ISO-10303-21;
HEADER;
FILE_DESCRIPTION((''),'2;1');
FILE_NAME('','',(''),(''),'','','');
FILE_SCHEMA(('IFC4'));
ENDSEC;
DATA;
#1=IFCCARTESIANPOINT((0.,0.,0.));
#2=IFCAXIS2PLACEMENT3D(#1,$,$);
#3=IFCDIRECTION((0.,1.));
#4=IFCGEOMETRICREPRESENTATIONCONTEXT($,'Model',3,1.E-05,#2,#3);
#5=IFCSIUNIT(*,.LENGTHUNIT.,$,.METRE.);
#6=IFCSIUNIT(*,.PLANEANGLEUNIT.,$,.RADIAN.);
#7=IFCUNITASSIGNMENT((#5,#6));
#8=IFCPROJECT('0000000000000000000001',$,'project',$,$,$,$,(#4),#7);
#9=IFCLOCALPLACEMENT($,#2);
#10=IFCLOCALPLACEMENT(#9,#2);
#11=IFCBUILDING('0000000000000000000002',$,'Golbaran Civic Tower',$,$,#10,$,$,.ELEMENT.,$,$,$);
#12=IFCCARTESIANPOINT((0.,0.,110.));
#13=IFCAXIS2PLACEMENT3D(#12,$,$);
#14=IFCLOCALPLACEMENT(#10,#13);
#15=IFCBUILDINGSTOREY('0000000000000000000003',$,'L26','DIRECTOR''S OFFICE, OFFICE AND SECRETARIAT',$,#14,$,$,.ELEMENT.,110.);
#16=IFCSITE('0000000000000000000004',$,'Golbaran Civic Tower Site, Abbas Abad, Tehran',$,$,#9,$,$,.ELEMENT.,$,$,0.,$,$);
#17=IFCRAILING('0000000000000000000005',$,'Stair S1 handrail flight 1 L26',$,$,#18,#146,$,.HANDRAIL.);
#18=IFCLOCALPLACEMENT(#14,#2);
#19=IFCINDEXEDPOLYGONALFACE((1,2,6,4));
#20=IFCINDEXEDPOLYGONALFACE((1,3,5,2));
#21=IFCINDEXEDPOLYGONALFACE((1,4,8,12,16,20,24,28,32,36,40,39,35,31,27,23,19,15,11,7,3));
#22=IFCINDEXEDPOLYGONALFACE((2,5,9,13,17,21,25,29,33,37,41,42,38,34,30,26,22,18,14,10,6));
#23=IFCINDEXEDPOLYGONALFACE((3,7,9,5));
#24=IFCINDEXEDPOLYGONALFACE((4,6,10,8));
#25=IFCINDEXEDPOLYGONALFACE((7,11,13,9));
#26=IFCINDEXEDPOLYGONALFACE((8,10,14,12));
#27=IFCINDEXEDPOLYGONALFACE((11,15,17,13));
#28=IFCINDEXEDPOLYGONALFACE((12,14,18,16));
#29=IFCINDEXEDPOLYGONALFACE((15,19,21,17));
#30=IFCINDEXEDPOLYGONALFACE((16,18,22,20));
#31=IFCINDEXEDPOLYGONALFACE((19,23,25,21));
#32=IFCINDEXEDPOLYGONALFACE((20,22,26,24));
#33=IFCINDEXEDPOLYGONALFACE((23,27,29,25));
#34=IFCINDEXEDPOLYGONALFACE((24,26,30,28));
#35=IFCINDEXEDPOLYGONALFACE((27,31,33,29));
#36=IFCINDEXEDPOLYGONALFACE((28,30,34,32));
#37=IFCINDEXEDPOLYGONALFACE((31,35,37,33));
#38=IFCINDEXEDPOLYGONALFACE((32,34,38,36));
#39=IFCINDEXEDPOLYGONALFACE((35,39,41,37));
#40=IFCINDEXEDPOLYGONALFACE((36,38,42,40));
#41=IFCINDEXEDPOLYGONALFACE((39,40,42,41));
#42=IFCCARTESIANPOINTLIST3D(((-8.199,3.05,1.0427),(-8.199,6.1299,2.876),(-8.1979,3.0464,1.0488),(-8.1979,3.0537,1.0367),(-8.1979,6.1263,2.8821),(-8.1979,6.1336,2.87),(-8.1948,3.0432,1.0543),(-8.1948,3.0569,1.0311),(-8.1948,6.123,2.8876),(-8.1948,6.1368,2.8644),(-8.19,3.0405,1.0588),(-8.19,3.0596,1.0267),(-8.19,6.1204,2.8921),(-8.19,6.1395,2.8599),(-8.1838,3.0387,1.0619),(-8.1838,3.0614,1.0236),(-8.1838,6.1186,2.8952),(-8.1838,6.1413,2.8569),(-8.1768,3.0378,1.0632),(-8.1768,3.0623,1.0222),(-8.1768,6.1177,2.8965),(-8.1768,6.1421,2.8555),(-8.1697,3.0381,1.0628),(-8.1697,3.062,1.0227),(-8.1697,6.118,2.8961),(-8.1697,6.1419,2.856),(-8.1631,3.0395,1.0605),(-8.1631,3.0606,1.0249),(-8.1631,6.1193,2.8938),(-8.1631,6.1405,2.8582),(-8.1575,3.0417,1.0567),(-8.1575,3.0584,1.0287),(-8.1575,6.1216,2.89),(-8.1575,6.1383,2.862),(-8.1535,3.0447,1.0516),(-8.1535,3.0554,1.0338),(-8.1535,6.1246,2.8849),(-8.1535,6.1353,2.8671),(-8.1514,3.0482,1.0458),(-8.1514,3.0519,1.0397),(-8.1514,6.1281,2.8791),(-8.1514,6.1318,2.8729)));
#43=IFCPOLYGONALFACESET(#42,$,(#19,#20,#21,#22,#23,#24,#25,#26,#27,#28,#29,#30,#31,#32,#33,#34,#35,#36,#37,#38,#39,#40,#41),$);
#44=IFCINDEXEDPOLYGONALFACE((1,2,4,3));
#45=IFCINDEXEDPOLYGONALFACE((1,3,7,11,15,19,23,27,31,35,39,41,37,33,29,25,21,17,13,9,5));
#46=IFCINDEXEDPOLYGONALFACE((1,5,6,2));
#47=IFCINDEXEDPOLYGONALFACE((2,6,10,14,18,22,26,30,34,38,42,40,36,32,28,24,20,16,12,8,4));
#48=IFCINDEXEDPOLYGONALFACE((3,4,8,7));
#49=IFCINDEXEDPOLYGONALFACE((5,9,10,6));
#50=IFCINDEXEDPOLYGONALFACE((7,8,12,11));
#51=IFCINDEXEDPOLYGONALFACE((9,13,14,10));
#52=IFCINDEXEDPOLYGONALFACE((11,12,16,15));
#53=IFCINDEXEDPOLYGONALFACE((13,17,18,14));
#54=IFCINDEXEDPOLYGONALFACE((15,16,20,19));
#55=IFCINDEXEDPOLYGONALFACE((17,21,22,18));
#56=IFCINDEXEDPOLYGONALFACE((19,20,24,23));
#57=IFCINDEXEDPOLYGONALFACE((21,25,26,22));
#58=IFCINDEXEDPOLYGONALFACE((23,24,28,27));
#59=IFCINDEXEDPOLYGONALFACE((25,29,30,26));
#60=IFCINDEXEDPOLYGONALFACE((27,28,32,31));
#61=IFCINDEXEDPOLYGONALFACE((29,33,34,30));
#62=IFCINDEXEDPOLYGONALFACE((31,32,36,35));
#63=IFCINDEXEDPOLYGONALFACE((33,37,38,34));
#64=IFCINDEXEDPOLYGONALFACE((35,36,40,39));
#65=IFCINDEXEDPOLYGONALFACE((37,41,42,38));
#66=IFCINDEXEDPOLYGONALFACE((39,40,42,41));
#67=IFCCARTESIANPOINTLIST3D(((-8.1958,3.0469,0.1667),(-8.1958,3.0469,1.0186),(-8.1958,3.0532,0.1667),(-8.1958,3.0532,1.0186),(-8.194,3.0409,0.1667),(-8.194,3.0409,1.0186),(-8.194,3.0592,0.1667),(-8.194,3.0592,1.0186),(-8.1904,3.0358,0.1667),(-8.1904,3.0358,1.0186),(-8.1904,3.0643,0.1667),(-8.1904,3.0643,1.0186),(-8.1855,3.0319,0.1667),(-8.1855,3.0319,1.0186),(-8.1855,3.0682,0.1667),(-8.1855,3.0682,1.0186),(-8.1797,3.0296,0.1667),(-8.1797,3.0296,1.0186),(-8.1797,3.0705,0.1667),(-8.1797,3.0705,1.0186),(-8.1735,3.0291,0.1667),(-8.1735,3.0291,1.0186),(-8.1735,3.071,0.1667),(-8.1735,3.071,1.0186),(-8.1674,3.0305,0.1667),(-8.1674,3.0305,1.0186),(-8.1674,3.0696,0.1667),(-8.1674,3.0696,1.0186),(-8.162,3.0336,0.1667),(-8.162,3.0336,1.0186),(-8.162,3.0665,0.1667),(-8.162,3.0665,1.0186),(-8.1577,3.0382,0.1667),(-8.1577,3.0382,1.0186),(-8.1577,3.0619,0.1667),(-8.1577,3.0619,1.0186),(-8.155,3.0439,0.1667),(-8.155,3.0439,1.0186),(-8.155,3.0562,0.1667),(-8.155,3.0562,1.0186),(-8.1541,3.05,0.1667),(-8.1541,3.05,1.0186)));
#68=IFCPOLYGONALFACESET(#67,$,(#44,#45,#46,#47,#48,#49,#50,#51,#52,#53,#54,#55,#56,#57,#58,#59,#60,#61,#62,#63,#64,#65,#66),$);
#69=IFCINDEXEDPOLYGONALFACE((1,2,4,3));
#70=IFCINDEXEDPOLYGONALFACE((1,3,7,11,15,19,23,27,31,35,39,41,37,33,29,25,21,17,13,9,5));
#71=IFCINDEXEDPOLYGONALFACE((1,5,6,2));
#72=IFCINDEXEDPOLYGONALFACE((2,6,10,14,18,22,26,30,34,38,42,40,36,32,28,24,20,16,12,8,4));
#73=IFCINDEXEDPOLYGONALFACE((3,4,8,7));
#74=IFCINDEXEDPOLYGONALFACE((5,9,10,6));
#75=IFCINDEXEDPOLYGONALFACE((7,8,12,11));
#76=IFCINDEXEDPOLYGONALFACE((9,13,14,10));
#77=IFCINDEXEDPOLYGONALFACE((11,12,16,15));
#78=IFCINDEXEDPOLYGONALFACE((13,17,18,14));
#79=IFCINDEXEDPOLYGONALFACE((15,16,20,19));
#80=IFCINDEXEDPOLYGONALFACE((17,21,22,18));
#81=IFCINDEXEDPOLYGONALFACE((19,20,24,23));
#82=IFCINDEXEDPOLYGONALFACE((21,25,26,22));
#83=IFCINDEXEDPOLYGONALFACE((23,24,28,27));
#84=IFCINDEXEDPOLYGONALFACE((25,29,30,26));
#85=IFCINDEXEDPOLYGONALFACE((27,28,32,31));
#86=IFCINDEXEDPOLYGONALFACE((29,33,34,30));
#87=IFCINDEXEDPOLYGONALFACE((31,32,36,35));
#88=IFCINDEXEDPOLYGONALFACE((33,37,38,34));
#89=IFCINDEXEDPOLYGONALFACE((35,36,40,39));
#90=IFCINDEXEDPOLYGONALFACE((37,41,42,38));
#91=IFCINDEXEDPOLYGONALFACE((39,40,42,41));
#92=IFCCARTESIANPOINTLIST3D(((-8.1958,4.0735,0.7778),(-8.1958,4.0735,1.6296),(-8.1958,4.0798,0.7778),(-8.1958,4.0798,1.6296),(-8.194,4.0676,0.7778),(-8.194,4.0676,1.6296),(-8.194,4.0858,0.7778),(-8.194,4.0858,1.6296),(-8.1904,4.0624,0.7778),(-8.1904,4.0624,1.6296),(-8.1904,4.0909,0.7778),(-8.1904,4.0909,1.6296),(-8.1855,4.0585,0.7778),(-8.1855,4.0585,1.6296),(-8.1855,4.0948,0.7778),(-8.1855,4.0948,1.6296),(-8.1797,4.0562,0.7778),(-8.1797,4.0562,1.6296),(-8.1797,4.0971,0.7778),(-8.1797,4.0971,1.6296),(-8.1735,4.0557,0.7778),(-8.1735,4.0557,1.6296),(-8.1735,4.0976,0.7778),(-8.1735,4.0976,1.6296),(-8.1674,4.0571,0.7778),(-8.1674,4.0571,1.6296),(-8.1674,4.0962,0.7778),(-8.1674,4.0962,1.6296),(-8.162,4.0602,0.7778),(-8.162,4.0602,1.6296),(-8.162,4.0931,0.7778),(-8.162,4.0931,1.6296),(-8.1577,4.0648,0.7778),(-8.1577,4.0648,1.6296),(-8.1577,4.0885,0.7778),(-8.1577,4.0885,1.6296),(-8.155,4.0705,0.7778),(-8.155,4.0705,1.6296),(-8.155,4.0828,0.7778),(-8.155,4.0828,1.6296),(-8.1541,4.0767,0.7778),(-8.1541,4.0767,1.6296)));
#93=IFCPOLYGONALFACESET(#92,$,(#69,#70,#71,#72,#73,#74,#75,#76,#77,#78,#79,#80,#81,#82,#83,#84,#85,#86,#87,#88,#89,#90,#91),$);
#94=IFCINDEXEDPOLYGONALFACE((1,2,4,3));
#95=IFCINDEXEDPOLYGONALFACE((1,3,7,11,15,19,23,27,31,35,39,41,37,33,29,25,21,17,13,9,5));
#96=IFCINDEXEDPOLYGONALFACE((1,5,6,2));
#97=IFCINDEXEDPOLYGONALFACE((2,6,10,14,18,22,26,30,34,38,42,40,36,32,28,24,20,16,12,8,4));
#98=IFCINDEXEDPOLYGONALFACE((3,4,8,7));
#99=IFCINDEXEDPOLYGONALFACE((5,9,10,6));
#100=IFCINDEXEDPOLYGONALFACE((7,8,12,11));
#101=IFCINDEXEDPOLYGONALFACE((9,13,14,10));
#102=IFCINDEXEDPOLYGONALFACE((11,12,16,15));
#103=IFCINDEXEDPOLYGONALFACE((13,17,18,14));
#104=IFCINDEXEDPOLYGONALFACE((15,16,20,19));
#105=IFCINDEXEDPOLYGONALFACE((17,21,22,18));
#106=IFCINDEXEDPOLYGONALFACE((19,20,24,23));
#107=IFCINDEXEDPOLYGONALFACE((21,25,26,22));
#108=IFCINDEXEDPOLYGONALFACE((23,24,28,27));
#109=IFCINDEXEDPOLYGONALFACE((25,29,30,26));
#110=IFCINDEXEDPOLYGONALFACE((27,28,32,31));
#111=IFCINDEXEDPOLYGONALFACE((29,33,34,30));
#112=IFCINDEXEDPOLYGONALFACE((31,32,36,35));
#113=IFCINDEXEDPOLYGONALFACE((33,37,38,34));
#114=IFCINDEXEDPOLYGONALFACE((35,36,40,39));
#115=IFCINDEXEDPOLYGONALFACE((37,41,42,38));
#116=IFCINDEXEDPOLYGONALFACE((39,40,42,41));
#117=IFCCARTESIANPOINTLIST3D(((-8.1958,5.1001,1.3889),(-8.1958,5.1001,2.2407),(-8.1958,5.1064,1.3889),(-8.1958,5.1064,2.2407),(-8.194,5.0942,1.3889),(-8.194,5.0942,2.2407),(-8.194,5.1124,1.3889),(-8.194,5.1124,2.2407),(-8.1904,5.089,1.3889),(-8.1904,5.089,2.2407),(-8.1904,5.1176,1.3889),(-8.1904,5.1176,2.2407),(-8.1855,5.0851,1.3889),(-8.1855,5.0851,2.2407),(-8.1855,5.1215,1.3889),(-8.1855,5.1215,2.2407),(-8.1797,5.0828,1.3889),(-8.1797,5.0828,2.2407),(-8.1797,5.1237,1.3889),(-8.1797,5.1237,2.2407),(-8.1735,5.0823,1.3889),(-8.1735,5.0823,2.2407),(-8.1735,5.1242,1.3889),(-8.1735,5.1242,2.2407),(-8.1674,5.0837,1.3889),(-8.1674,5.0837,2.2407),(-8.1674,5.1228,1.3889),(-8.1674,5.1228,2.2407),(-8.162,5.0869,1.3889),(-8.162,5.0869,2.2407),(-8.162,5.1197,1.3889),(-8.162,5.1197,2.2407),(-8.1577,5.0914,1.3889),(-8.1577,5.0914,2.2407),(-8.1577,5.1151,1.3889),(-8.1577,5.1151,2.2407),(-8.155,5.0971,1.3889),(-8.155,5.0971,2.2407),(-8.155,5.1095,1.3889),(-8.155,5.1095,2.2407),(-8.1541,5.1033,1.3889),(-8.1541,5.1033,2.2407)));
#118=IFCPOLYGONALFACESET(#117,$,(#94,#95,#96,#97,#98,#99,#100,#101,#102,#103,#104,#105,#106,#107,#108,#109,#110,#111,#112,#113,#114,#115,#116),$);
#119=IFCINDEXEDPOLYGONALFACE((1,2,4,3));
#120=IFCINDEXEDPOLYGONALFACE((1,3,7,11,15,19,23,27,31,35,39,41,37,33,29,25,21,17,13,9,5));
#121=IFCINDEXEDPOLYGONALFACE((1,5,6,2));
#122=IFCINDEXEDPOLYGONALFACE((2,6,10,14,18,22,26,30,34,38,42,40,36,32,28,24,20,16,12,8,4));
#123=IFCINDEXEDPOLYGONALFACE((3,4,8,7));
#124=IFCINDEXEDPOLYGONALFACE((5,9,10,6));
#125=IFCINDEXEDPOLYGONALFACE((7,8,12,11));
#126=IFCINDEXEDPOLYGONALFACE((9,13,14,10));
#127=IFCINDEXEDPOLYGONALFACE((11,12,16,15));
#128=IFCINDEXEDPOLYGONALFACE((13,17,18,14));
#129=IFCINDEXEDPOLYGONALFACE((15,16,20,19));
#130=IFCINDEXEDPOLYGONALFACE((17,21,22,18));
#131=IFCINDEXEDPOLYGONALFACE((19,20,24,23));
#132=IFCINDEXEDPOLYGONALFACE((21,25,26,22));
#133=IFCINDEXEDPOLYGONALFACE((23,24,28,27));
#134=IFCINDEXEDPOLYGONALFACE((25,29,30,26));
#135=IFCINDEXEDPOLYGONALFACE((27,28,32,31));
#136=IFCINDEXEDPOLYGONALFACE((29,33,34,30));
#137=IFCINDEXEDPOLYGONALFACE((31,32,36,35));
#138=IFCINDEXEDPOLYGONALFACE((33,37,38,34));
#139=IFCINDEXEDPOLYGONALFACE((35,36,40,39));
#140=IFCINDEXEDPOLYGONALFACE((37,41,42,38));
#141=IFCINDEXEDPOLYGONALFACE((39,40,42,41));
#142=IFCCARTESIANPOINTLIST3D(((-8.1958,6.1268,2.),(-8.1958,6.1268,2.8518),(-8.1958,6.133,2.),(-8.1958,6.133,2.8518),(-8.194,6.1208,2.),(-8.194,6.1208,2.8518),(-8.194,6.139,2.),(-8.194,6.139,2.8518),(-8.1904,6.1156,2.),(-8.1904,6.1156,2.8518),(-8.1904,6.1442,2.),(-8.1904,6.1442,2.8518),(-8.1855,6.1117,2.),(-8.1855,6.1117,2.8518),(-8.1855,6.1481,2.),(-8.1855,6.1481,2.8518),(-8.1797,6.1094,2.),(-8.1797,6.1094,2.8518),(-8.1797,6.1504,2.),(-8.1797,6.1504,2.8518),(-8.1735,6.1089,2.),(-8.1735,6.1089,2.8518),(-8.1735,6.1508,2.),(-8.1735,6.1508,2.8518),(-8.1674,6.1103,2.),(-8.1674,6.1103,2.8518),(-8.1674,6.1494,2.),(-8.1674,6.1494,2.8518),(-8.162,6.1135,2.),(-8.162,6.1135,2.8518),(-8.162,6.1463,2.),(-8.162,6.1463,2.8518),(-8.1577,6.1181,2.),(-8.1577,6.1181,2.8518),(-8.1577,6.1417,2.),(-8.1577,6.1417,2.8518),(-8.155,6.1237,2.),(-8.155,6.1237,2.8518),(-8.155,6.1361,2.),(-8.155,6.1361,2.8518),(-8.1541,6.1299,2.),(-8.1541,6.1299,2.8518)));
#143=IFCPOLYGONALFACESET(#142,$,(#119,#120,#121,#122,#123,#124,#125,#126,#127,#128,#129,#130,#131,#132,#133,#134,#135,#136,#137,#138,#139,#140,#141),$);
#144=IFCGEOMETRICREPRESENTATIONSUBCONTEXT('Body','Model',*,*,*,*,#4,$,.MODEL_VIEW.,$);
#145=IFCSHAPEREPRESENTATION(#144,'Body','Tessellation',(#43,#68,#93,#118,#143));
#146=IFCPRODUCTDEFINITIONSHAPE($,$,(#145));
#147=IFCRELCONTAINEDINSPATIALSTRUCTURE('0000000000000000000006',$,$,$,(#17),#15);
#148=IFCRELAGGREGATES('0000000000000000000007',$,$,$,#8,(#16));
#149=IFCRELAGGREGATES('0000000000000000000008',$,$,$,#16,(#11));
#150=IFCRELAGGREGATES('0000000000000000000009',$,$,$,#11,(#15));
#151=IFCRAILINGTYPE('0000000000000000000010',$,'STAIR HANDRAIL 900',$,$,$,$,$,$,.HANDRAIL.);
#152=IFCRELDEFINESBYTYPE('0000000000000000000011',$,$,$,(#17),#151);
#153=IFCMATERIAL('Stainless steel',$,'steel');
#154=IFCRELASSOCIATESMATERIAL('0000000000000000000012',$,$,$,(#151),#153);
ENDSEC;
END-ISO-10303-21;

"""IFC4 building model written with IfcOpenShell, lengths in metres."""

from ifc_helpers import new_model, si_unit, direction, frame, origin, origin_2d, place, context, subcontext, project, spatial, circle, extrude, material, type_object, element, save


model = new_model("IFC4")

# Units and contexts
model_context = context("Model", 3, precision=1e-05, world=origin(), true_north=direction((0.0, 1.0)))
body_context = subcontext(model_context, "Body", "Model", "MODEL_VIEW")
ifc_project = project(units=[si_unit("LENGTHUNIT", "METRE"), si_unit("PLANEANGLEUNIT", "RADIAN")], contexts=[model_context])

# Site, building, storey
site_placement = place(None, origin())
site = spatial("IfcSite", under=ifc_project, at=site_placement, Name="Golbaran Civic Tower Site, Abbas Abad, Tehran", CompositionType="ELEMENT", RefElevation=0.0)
building_placement = place(site_placement, origin())
building = spatial("IfcBuilding", under=site, at=building_placement, Name="Golbaran Civic Tower", CompositionType="ELEMENT")
storey_placement = place(building_placement, frame((0.0, 0.0, 110.0)))
storey = spatial("IfcBuildingStorey", under=building, at=storey_placement, Name="L26", Description="DIRECTOR'S OFFICE, OFFICE AND SECRETARIAT", CompositionType="ELEMENT", Elevation=110.0)

# Shared definitions
ifc_material_1 = material(Name="Stainless steel", Category="steel")

# Railing
railing_type = type_object("IfcRailingType", Name="STAIR HANDRAIL 900", PredefinedType="HANDRAIL", material=ifc_material_1)
railing_1_placement = place(storey_placement, frame((-8.175, 3.05, 0.1667)))
element("IfcRailing", 1, at=railing_1_placement, inside=storey, type_object=railing_type, Name="Stair S1 handrail flight 1 L26", PredefinedType="HANDRAIL", context=body_context, shape_type="SweptSolid", body=[
    extrude(circle(Radius=0.0239, at=origin_2d()), frame((0.0, 0.0, 0.876), z_axis=(0.0, 0.859291, 0.511487), x_axis=(-1.0, 0.0, 0.0)), (0.0, 0.0, 1.0), 3.5842),
    extrude(circle(Radius=0.021, at=origin_2d()), origin(), (0.0, 0.0, 1.0), 0.8518),
    extrude(circle(Radius=0.021, at=origin_2d()), frame((0.0, 1.0266, 0.6111)), (0.0, 0.0, 1.0), 0.8518),
    extrude(circle(Radius=0.021, at=origin_2d()), frame((0.0, 2.0532, 1.2222)), (0.0, 0.0, 1.0), 0.8518),
    extrude(circle(Radius=0.021, at=origin_2d()), frame((0.0, 3.0798, 1.8333)), (0.0, 0.0, 1.0), 0.8518),
])

save(model, "model.ifc")
